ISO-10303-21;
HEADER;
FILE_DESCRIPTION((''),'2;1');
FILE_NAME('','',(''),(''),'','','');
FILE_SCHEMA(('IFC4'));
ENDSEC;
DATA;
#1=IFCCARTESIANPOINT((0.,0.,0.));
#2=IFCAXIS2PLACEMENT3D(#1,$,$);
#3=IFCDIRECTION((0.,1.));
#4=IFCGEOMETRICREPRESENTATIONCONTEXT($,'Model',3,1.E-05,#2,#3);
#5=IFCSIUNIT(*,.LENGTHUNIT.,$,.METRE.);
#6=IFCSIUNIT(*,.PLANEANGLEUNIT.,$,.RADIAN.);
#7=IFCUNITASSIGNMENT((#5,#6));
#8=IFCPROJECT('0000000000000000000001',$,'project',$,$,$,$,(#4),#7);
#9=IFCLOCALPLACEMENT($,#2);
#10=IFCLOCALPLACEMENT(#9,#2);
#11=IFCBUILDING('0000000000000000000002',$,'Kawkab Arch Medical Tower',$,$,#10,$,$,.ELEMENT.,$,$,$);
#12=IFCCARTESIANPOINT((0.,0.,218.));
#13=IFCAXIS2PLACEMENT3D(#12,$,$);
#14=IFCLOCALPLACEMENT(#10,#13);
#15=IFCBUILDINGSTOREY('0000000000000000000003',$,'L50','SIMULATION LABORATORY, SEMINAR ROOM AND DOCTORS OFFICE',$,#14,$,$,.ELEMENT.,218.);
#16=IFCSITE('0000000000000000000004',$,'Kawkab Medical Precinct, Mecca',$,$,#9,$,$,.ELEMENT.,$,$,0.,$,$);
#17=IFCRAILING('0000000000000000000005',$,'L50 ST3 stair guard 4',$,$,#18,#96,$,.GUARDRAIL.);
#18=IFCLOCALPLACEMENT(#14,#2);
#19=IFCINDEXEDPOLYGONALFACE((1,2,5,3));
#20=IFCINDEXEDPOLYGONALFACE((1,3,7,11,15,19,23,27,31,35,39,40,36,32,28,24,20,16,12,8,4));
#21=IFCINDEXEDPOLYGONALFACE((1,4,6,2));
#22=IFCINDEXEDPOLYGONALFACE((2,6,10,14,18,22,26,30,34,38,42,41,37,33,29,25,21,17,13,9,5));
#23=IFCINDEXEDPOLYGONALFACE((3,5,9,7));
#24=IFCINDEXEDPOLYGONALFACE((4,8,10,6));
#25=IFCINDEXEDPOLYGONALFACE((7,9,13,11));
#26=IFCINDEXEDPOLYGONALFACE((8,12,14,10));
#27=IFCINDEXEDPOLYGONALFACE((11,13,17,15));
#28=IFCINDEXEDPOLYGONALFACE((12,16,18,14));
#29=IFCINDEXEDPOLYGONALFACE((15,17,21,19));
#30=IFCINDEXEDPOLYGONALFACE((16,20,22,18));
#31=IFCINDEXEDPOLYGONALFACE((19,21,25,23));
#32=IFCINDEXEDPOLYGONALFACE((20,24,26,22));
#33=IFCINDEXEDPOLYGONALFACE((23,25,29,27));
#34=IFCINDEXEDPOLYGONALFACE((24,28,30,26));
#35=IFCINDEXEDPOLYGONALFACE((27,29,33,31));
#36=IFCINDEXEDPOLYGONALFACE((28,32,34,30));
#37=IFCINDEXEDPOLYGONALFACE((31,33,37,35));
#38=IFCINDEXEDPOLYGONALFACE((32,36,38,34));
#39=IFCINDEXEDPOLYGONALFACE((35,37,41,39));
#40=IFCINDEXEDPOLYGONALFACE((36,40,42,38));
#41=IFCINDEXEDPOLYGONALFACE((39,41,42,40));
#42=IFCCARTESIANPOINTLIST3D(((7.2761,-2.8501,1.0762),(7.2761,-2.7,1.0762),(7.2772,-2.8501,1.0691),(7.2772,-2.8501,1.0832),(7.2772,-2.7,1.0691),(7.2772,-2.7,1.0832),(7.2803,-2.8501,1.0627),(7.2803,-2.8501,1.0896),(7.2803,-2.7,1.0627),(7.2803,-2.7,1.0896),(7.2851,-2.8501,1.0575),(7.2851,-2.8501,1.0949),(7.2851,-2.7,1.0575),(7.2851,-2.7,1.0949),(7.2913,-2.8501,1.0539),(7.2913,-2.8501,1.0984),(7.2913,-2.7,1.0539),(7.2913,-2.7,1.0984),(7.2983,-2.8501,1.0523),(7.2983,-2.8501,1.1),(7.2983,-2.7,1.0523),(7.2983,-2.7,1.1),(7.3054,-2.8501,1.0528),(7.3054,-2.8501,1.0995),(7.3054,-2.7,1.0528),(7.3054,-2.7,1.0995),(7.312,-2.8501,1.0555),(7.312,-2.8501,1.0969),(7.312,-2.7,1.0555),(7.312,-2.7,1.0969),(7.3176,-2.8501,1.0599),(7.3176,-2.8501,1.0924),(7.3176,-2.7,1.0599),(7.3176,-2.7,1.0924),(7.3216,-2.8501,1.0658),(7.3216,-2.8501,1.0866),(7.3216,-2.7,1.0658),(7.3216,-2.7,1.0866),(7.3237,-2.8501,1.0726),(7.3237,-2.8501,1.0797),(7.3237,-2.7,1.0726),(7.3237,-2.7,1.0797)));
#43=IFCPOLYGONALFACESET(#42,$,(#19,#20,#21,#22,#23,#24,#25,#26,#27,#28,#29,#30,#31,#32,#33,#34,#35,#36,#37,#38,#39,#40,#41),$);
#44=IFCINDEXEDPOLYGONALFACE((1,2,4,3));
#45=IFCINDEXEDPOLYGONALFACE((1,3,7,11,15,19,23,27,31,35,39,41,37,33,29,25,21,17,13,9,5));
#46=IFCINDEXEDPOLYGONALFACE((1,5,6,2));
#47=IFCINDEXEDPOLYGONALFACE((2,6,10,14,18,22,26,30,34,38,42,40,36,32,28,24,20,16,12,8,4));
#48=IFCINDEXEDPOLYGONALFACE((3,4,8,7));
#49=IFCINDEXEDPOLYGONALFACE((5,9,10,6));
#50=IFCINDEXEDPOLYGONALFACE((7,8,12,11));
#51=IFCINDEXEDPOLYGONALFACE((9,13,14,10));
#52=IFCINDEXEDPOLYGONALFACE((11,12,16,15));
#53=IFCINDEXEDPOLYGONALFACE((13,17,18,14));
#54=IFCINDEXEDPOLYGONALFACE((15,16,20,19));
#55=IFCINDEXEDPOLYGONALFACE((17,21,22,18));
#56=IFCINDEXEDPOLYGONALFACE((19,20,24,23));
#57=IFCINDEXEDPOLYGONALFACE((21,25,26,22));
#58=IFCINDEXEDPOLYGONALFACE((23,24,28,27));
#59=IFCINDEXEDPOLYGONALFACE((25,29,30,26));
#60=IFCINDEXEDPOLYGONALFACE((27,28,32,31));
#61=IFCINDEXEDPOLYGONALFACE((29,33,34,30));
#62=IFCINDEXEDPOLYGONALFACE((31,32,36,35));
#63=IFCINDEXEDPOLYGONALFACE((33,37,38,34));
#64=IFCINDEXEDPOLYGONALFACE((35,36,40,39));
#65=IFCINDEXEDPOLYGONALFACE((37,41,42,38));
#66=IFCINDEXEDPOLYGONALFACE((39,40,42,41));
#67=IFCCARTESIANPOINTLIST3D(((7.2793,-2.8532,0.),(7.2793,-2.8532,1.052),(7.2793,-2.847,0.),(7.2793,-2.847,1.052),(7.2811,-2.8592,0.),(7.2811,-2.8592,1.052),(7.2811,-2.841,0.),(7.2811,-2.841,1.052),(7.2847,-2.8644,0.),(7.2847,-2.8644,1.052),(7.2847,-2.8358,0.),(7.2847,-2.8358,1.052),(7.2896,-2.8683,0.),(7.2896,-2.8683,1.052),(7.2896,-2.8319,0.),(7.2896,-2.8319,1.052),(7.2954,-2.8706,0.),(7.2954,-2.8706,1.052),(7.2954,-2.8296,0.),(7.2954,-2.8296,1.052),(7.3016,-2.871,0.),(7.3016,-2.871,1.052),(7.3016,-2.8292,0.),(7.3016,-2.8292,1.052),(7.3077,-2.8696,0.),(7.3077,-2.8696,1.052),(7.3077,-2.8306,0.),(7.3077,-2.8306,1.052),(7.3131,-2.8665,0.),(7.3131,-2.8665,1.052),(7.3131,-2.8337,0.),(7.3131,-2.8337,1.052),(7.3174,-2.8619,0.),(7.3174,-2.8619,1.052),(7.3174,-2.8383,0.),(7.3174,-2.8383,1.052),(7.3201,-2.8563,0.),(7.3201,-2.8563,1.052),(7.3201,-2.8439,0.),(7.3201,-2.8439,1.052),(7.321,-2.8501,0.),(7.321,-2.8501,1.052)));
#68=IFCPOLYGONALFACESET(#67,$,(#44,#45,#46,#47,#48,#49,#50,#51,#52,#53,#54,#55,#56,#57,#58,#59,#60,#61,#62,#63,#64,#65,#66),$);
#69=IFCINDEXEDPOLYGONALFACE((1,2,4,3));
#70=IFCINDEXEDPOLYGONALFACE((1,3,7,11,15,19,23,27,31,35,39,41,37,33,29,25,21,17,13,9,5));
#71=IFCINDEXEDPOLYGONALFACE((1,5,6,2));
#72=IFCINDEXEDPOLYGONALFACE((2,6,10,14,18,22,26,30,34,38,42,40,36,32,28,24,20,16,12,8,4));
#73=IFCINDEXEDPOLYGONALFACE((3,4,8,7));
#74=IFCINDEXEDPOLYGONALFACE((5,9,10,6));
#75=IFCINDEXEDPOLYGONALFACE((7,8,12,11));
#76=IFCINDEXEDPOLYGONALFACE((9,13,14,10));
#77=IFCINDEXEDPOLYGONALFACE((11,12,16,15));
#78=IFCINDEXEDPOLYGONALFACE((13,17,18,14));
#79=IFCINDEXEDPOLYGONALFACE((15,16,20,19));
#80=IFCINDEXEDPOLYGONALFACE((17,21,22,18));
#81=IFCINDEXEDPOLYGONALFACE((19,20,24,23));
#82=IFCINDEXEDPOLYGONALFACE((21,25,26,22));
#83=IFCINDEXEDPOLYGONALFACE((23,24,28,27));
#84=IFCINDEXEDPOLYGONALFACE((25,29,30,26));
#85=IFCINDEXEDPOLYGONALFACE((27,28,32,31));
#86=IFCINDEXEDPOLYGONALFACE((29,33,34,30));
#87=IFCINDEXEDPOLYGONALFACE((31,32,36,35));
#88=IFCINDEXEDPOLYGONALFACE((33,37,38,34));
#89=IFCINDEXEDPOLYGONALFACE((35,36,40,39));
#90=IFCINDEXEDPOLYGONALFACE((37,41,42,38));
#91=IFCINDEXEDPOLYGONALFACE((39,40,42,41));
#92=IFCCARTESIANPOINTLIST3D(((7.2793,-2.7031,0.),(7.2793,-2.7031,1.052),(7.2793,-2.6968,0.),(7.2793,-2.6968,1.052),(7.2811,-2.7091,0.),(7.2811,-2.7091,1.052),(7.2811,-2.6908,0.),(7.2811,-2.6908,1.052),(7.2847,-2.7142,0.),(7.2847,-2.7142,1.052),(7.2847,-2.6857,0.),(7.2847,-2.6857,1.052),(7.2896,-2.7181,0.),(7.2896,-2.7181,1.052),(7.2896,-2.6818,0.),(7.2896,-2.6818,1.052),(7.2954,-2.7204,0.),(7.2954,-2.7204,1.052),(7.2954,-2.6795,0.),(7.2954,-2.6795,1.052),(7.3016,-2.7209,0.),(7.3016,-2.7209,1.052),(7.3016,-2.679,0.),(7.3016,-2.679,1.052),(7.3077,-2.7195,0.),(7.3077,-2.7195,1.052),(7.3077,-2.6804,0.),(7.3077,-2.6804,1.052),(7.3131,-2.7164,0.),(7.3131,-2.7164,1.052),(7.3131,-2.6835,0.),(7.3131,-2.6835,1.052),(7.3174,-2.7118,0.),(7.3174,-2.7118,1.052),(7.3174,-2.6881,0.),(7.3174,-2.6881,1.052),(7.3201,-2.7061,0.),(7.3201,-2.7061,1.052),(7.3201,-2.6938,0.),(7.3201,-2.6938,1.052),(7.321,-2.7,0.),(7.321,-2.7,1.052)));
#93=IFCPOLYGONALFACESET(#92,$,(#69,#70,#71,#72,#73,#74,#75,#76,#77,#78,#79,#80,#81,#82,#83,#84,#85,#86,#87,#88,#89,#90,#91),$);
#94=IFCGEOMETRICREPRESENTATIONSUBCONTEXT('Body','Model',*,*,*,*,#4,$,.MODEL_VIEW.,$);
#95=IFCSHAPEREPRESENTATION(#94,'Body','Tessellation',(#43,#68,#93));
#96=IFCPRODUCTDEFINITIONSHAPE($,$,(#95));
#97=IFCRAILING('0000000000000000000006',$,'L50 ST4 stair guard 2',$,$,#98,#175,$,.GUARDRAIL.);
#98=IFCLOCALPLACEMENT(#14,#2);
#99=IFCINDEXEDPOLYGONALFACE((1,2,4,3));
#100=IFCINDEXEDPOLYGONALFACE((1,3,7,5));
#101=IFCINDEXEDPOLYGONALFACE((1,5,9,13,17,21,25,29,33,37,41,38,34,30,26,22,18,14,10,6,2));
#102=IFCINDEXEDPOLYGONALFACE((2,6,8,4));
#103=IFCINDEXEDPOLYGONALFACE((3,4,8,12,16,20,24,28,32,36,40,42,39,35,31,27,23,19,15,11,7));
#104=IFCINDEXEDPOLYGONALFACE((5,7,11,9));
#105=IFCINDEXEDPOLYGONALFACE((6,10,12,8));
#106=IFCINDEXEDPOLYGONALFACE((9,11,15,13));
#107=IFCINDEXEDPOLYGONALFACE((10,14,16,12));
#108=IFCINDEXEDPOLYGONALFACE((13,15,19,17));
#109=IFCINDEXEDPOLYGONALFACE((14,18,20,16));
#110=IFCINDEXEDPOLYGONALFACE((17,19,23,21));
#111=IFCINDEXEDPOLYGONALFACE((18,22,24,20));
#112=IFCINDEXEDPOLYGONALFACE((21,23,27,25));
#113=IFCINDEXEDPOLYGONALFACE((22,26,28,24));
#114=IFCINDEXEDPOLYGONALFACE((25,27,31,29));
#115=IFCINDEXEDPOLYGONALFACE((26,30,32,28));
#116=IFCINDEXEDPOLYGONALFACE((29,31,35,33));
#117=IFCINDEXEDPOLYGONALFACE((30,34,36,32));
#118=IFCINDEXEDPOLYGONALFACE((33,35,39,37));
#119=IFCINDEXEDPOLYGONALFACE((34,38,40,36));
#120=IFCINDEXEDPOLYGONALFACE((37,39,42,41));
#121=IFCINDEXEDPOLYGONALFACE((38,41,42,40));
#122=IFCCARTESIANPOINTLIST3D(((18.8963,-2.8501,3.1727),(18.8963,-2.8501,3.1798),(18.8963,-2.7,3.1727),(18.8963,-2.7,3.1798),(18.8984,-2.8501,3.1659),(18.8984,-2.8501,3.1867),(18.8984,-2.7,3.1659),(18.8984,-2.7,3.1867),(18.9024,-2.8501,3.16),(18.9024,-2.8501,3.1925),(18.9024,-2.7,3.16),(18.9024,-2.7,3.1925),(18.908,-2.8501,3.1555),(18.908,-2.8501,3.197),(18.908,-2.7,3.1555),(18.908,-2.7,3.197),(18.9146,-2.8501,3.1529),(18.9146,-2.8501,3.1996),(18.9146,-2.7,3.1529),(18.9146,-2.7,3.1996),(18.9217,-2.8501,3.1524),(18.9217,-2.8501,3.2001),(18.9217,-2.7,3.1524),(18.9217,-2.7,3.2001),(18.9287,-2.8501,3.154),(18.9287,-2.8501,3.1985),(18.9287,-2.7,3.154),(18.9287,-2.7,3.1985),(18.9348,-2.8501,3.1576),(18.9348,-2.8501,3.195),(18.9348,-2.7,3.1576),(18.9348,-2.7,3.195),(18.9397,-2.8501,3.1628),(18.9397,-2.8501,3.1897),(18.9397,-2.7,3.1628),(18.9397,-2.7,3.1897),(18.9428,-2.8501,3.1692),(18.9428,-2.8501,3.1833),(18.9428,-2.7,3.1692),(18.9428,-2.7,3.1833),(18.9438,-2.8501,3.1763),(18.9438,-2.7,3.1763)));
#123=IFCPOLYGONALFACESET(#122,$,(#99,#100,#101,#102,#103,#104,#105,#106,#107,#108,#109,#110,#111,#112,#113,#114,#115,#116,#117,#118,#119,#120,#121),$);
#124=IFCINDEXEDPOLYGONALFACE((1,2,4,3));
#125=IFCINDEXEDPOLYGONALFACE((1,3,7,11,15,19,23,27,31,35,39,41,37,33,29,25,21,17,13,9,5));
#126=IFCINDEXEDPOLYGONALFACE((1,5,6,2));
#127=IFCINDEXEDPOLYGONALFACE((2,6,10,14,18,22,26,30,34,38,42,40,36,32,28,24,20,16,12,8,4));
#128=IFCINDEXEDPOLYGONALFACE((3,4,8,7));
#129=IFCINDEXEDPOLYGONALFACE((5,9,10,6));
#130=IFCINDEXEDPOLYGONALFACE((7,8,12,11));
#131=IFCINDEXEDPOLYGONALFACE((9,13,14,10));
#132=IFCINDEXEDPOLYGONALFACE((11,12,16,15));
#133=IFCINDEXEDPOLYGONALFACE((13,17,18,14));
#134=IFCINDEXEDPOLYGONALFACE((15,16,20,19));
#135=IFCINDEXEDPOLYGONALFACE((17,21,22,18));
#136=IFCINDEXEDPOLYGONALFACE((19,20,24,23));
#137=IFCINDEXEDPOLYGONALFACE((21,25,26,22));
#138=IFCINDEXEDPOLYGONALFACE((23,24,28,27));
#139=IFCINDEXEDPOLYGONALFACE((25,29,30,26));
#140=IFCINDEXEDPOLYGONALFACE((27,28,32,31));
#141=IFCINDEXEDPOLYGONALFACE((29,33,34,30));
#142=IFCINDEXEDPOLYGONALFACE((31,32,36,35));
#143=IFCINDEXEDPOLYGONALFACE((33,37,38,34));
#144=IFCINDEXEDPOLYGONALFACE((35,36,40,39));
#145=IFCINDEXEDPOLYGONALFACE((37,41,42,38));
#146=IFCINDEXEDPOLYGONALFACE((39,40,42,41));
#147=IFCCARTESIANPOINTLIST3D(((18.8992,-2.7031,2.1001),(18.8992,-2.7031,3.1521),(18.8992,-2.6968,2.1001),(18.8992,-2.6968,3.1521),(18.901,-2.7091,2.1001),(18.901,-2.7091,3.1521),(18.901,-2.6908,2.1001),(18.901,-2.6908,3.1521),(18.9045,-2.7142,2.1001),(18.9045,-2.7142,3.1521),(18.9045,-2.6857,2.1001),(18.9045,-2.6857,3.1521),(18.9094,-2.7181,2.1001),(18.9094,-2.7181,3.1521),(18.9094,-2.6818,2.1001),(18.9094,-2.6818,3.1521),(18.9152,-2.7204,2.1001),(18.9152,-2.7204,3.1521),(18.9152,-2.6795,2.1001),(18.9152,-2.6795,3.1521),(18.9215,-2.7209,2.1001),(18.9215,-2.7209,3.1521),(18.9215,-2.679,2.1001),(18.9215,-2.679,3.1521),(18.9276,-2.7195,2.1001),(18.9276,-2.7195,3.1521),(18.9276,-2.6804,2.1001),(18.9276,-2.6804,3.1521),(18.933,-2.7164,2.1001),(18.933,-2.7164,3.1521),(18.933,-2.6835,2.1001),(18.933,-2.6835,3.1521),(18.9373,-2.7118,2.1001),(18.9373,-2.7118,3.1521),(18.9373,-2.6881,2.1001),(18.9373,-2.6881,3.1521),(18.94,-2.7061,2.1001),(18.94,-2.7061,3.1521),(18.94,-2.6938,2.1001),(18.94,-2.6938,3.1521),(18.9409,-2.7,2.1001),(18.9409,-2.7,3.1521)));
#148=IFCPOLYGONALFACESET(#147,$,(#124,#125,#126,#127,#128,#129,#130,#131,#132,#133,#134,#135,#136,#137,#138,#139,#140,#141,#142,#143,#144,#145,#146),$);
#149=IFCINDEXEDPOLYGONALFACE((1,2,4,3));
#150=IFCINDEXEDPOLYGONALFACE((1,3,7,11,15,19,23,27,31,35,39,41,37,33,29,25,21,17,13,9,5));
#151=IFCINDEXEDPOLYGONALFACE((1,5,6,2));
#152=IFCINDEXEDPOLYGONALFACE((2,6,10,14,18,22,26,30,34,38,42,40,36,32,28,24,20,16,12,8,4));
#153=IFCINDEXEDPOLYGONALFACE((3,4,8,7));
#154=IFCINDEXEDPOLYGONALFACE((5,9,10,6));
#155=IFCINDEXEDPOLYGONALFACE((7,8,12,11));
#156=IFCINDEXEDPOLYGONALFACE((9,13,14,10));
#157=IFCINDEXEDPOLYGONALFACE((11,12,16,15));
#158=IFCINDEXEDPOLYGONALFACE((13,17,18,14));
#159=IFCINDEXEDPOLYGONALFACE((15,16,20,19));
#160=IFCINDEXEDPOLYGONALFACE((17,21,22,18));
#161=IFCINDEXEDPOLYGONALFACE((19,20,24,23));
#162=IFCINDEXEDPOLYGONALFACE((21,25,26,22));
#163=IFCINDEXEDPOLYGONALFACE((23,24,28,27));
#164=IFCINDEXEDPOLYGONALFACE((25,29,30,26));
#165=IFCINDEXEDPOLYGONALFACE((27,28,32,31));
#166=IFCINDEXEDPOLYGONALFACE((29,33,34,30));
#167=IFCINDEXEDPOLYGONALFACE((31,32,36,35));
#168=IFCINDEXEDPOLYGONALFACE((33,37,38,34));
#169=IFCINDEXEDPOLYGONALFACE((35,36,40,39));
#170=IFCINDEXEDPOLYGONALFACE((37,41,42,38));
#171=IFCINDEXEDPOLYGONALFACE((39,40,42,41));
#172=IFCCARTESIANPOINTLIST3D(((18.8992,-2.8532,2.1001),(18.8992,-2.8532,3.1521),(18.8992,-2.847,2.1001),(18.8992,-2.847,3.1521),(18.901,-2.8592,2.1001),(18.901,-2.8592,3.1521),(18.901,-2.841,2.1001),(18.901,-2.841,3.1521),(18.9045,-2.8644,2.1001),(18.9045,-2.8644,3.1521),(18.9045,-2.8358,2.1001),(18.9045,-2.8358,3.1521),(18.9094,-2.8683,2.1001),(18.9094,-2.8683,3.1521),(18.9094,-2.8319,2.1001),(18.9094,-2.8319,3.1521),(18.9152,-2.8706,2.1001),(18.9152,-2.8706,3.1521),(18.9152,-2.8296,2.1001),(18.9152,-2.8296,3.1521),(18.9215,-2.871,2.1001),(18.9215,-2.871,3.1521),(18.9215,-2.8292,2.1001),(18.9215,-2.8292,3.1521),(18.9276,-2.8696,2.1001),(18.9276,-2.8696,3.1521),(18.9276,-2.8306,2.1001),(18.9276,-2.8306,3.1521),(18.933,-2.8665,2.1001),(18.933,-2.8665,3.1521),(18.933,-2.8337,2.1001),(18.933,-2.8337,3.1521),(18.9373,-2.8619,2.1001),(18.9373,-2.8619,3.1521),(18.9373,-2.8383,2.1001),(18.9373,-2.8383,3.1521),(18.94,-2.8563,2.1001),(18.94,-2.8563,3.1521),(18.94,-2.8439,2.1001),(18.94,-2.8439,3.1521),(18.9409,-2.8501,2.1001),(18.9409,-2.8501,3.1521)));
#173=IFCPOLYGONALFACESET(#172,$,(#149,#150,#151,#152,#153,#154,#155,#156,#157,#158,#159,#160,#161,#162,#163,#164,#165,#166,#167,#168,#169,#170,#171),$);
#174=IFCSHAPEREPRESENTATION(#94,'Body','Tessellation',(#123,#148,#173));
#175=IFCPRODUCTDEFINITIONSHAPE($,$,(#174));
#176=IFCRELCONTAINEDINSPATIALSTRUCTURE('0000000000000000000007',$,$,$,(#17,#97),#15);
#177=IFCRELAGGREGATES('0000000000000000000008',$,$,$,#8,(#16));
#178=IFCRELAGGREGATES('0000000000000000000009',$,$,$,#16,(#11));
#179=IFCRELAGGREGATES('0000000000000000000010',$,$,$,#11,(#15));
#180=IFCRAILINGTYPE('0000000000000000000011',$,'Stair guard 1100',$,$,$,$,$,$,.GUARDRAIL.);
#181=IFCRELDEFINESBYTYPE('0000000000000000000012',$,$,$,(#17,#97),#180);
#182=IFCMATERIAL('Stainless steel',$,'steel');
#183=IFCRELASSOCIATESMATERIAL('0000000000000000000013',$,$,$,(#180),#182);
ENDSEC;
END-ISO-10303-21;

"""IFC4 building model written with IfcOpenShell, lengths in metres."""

from ifc_helpers import new_model, si_unit, direction, frame, origin, origin_2d, place, context, subcontext, project, spatial, circle, extrude, material, type_object, element, save


model = new_model("IFC4")

# Units and contexts
model_context = context("Model", 3, precision=1e-05, world=origin(), true_north=direction((0.0, 1.0)))
body_context = subcontext(model_context, "Body", "Model", "MODEL_VIEW")
ifc_project = project(units=[si_unit("LENGTHUNIT", "METRE"), si_unit("PLANEANGLEUNIT", "RADIAN")], contexts=[model_context])

# Site, building, storey
site_placement = place(None, origin())
site = spatial("IfcSite", under=ifc_project, at=site_placement, Name="Kawkab Medical Precinct, Mecca", CompositionType="ELEMENT", RefElevation=0.0)
building_placement = place(site_placement, origin())
building = spatial("IfcBuilding", under=site, at=building_placement, Name="Kawkab Arch Medical Tower", CompositionType="ELEMENT")
storey_placement = place(building_placement, frame((0.0, 0.0, 218.0)))
storey = spatial("IfcBuildingStorey", under=building, at=storey_placement, Name="L50", Description="SIMULATION LABORATORY, SEMINAR ROOM AND DOCTORS OFFICE", CompositionType="ELEMENT", Elevation=218.0)

# Railings
ifc_material_1 = material(Name="Stainless steel", Category="steel")
railing_type_1 = type_object("IfcRailingType", Name="Stair guard 1100", PredefinedType="GUARDRAIL", material=ifc_material_1)
railing_1_placement = place(storey_placement, frame((7.3, -2.8501, 0.0)))
element("IfcRailing", 1, at=railing_1_placement, inside=storey, type_object=railing_type_1, Name="L50 ST3 stair guard 4", PredefinedType="GUARDRAIL", context=body_context, shape_type="SweptSolid", body=[
    extrude(circle(Radius=0.0239, at=origin_2d()), frame((0.0, 0.0, 1.0762), z_axis=(0.0, 1.0, 0.0), x_axis=(-1.0, 0.0, 0.0)), (0.0, 0.0, 1.0), 0.1501),
    extrude(circle(Radius=0.021, at=origin_2d()), origin(), (0.0, 0.0, 1.0), 1.052),
    extrude(circle(Radius=0.021, at=origin_2d()), frame((0.0, 0.1501, 0.0)), (0.0, 0.0, 1.0), 1.052),
])
railing_2_placement = place(storey_placement, frame((18.9199, -2.7, 2.1001)))
element("IfcRailing", 2, at=railing_2_placement, inside=storey, type_object=railing_type_1, Name="L50 ST4 stair guard 2", PredefinedType="GUARDRAIL", context=body_context, shape_type="SweptSolid", body=[
    extrude(circle(Radius=0.0239, at=origin_2d()), frame((0.0, 0.0, 1.0762), z_axis=(0.0, -1.0, 0.0), x_axis=(1.0, 0.0, 0.0)), (0.0, 0.0, 1.0), 0.1501),
    extrude(circle(Radius=0.021, at=origin_2d()), origin(), (0.0, 0.0, 1.0), 1.052),
    extrude(circle(Radius=0.021, at=origin_2d()), frame((0.0, -0.1501, 0.0)), (0.0, 0.0, 1.0), 1.052),
])

save(model, "model.ifc")
